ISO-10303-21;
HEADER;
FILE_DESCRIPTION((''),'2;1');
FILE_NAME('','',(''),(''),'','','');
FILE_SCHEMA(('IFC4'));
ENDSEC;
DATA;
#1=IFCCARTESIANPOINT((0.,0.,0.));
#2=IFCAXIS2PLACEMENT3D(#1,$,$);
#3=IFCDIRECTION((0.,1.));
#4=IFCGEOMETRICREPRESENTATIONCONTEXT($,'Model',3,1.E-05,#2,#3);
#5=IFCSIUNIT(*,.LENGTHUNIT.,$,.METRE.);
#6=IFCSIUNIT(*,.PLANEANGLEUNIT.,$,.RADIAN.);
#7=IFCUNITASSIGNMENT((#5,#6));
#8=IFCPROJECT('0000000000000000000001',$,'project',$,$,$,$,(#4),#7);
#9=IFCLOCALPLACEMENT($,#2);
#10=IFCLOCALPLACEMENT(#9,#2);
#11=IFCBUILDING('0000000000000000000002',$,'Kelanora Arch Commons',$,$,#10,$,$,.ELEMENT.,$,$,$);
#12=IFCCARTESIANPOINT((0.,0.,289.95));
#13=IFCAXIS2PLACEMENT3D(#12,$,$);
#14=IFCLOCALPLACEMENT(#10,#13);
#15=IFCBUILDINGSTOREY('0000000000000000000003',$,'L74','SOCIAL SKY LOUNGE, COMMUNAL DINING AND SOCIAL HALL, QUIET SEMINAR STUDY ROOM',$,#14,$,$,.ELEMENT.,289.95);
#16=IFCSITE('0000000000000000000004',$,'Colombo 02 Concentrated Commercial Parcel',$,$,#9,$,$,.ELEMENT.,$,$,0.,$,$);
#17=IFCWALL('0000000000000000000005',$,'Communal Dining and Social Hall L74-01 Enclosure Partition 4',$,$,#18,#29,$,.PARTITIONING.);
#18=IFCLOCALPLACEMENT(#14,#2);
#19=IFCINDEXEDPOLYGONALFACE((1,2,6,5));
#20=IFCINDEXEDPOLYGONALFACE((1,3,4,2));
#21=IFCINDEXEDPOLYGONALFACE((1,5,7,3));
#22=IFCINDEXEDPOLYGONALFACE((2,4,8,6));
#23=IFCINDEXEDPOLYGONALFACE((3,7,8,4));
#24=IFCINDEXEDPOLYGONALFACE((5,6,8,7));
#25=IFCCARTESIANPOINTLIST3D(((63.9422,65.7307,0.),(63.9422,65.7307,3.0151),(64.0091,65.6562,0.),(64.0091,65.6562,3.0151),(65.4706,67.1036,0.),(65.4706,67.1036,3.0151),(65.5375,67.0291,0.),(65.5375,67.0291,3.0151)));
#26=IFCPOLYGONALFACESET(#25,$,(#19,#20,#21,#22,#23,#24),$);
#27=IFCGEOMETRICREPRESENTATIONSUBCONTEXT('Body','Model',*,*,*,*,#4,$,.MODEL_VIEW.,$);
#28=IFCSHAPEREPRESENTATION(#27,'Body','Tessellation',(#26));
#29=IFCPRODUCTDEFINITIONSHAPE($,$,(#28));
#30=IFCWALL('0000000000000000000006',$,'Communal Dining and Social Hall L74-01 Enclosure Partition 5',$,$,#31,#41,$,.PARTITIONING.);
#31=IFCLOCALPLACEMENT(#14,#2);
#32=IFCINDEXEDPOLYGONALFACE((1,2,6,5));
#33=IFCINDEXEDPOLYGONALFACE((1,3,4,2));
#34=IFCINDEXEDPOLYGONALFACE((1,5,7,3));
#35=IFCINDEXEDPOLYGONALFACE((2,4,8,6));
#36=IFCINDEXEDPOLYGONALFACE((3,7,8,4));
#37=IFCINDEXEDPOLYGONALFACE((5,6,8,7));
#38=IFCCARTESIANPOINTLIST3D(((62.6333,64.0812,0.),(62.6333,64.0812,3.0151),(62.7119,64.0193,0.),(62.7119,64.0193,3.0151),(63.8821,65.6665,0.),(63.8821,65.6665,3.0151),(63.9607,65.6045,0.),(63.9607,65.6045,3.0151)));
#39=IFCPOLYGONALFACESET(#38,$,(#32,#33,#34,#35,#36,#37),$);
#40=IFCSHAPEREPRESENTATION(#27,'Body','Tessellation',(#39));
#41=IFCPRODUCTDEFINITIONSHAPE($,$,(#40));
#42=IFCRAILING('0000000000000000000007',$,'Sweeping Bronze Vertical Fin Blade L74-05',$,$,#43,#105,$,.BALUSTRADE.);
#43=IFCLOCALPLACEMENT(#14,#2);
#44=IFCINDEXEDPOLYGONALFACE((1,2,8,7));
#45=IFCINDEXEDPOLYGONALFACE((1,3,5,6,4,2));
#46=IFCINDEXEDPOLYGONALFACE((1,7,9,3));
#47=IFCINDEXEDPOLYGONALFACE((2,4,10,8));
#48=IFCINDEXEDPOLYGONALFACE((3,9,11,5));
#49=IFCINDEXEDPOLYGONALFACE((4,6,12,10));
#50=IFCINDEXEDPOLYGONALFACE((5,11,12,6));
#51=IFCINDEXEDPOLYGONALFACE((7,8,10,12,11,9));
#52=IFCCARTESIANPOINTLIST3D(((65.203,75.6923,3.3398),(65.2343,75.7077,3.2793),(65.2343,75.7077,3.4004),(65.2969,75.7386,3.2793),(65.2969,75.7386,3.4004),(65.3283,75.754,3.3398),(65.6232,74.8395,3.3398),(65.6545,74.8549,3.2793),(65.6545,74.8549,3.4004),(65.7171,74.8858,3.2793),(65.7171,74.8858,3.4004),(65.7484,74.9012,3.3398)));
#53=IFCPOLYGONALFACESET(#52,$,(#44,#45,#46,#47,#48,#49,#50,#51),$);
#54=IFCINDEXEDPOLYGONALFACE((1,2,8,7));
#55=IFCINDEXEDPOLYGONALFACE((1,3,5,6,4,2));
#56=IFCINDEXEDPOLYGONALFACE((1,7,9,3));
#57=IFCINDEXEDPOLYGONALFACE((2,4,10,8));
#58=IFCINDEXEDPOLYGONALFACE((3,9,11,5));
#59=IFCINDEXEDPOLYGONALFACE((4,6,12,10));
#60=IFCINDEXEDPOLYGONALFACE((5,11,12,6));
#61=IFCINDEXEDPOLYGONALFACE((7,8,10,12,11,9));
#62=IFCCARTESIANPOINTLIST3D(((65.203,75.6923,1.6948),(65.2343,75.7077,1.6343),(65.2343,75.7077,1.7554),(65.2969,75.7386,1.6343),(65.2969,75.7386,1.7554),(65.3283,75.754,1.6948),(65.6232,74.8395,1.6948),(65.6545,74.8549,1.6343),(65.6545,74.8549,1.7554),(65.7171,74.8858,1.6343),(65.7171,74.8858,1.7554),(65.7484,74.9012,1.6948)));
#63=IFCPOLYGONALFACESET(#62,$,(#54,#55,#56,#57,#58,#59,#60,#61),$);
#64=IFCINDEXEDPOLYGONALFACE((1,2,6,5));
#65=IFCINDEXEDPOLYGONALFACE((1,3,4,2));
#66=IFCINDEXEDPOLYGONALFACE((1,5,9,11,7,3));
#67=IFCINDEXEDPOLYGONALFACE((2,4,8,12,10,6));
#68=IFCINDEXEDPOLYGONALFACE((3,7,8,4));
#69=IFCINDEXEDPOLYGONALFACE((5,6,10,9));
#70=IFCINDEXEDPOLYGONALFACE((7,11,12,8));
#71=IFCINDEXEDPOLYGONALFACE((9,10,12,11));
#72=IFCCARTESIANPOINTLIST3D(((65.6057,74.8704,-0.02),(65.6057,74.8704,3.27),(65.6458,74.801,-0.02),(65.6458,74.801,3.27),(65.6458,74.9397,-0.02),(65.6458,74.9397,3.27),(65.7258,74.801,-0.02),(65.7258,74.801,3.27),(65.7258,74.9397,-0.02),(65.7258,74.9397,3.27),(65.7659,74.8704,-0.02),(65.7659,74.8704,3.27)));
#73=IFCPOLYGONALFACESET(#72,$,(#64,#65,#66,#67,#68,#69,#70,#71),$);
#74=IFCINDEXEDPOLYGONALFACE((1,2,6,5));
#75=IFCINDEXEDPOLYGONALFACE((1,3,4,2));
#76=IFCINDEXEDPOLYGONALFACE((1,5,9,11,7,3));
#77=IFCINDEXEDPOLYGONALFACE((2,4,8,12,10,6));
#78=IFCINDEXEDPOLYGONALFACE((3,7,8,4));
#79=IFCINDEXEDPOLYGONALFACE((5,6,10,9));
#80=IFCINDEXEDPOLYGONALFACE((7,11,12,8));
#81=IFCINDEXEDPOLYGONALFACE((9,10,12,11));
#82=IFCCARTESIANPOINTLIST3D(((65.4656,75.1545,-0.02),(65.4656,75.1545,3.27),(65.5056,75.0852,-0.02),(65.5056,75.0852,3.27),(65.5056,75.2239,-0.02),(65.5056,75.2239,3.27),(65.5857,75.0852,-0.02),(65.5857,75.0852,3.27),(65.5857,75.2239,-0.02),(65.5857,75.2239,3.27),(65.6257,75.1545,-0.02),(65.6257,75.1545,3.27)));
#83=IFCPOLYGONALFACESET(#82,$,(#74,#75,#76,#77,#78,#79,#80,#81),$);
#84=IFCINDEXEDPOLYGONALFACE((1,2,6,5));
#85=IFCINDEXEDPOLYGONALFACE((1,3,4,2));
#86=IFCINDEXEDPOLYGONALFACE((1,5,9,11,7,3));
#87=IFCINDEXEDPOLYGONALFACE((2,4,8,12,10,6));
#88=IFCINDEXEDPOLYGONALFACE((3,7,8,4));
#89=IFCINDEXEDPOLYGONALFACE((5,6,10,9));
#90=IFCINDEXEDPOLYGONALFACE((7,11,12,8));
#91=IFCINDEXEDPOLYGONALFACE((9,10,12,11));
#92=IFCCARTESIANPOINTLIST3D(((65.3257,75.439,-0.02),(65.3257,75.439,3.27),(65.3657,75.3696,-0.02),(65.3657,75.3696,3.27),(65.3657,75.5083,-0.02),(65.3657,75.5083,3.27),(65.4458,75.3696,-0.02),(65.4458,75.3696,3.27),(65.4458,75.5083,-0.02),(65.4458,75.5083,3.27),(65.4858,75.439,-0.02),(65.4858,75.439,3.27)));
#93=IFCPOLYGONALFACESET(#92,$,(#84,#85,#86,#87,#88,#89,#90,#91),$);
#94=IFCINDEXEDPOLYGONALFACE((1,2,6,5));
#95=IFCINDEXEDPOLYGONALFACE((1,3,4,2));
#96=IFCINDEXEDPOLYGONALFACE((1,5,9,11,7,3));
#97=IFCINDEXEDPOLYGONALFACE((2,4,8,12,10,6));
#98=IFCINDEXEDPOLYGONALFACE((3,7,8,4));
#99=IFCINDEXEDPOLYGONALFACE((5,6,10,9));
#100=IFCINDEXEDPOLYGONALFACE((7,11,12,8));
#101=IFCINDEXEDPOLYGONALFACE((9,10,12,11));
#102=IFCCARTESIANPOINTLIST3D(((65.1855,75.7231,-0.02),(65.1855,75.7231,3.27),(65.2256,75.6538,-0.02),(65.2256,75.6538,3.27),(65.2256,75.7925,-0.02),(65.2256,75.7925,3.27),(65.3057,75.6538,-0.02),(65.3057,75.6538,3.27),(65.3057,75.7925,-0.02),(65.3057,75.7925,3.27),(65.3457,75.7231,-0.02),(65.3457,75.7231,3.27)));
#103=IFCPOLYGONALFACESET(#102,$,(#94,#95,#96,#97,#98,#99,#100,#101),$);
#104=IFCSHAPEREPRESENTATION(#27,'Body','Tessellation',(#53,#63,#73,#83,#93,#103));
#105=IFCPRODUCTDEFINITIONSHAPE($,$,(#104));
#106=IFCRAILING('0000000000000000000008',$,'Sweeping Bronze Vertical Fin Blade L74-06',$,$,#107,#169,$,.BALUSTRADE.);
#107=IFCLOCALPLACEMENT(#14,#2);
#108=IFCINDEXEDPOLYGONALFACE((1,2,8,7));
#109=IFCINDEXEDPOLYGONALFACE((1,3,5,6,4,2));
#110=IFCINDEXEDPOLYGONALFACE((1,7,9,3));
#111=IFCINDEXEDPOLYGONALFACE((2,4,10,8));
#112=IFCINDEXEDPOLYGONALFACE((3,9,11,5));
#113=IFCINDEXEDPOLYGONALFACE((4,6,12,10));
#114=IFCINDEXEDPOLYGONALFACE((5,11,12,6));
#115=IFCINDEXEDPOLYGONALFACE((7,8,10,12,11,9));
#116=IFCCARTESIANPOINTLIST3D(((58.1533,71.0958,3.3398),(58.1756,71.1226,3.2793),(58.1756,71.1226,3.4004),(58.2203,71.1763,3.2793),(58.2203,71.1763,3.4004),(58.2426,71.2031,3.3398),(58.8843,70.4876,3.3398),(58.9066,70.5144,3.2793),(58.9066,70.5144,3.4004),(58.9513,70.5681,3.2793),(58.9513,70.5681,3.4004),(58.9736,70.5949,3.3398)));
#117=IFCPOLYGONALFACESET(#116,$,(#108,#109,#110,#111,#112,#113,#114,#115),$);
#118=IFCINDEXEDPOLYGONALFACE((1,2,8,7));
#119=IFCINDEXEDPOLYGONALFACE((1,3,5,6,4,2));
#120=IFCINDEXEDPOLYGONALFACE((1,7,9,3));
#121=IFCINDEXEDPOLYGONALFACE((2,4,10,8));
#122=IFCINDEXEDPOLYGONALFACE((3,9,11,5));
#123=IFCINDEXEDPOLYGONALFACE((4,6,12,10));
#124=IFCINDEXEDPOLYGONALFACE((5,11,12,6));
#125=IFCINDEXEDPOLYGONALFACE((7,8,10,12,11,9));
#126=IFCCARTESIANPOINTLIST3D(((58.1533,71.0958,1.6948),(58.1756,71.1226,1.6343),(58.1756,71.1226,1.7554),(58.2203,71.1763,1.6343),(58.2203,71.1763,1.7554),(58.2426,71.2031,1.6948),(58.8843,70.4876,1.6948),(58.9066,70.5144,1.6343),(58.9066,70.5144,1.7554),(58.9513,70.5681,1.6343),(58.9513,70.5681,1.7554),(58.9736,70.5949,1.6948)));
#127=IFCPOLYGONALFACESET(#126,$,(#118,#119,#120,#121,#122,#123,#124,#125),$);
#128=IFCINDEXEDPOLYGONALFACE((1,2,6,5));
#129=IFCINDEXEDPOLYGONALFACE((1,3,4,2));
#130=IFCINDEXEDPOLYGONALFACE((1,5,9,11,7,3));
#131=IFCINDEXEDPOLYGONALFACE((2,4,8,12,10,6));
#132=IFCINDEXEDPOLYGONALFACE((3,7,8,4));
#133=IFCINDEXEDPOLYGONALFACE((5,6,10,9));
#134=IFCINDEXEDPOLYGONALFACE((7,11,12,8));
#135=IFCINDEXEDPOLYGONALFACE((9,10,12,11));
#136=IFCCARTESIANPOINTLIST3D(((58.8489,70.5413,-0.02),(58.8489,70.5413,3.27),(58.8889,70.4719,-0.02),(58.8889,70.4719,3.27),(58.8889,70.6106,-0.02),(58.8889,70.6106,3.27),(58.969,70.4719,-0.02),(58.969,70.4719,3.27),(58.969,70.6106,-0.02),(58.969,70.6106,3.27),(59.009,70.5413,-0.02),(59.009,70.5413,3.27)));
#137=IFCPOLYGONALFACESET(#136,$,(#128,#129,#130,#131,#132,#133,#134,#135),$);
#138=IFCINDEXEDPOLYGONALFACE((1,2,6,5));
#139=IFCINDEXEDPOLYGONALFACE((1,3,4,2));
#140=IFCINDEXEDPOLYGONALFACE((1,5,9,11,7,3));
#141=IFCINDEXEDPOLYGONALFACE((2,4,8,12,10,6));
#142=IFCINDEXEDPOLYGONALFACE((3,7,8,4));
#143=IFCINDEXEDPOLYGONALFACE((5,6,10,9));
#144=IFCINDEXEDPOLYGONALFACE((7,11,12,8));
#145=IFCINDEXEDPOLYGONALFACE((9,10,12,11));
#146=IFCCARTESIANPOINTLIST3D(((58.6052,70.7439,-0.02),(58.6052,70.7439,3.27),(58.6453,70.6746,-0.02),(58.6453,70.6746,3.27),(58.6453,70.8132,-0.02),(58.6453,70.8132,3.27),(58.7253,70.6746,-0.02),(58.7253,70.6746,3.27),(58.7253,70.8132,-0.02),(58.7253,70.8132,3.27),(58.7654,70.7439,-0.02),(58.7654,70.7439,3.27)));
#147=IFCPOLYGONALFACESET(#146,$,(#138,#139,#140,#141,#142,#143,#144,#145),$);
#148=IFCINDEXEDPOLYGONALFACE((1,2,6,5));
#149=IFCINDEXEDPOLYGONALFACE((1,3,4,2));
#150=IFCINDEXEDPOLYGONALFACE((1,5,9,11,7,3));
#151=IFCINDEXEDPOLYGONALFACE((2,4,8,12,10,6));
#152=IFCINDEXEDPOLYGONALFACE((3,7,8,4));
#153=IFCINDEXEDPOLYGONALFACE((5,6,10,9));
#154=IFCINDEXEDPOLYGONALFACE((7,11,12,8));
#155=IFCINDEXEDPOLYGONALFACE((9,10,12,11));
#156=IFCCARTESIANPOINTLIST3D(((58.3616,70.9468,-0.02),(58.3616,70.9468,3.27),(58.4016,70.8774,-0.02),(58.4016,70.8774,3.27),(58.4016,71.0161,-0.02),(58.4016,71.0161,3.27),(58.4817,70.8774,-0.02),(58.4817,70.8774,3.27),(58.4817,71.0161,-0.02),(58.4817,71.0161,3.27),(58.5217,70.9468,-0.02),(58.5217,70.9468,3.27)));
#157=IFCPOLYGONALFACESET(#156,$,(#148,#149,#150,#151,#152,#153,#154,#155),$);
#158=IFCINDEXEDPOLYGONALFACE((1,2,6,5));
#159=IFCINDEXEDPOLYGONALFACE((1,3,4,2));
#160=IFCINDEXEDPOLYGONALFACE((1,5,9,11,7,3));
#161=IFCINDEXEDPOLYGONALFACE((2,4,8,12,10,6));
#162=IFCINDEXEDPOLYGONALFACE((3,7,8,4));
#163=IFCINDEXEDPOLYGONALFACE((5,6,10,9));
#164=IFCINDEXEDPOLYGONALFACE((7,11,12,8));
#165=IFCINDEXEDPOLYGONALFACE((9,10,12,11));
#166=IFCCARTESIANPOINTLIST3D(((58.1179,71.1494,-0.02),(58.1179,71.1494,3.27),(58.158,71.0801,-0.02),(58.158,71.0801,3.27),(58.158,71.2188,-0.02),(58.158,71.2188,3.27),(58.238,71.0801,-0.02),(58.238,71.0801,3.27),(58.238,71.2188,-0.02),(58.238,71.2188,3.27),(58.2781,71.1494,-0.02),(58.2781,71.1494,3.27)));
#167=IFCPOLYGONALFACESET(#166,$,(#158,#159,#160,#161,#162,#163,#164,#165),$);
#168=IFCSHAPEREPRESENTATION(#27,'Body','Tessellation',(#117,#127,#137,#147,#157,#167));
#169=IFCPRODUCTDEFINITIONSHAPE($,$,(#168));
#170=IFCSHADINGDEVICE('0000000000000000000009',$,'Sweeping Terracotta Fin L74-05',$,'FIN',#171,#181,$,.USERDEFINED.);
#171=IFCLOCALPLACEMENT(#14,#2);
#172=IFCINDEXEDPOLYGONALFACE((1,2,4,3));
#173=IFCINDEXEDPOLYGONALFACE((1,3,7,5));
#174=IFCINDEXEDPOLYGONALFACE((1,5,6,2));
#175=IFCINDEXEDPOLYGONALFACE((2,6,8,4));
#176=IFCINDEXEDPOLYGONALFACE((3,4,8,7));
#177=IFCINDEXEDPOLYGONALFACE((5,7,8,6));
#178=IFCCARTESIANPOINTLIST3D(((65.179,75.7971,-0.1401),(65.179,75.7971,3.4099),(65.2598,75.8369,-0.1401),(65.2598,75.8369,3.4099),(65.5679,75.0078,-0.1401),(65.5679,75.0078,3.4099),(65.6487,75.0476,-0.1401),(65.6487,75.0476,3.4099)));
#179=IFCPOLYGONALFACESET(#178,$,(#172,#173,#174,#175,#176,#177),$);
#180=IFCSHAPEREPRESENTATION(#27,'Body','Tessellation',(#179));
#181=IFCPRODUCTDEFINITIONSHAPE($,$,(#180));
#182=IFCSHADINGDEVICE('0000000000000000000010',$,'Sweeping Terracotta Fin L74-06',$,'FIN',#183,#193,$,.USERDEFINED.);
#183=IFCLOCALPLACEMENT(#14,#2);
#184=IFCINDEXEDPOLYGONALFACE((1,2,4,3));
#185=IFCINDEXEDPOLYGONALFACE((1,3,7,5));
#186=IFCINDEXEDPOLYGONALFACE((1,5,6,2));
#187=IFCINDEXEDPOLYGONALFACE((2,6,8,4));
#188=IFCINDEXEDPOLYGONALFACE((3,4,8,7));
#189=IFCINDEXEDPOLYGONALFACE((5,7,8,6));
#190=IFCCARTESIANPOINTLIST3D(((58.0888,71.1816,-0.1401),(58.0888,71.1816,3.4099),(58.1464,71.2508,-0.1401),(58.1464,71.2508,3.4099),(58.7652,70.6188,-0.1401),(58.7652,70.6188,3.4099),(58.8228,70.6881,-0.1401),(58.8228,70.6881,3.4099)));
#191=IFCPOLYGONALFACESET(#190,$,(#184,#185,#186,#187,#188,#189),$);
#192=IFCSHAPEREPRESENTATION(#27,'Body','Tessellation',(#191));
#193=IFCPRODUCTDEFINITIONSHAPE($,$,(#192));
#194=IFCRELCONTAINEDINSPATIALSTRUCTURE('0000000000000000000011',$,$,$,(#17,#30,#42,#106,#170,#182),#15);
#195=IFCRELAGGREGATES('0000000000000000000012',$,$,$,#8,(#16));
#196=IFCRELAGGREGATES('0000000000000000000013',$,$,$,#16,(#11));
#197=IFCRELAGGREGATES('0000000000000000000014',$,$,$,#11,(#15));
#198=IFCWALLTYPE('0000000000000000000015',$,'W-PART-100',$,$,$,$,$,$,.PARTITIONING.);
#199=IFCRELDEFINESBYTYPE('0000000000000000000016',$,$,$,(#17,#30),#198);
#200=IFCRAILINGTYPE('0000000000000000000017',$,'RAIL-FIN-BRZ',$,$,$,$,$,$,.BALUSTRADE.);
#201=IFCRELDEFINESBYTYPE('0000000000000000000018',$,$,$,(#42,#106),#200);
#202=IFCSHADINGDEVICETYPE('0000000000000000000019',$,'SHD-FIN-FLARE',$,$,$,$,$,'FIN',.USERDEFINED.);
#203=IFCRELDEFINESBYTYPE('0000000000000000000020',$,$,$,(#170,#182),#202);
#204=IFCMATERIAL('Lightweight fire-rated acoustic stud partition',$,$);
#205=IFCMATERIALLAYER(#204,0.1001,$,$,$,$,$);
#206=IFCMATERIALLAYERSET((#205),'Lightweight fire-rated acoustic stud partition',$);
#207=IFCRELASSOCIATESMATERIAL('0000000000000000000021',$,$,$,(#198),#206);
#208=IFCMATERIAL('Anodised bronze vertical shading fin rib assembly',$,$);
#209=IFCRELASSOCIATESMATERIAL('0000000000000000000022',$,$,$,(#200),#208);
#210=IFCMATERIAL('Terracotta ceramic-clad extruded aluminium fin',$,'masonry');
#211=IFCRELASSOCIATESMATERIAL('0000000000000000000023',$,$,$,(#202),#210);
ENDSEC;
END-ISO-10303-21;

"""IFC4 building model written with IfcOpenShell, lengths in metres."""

from ifc_helpers import new_model, si_unit, direction, frame, frame_2d, origin, origin_2d, place, context, subcontext, project, spatial, polyline, rectangle, outline, extrude, source, transform, mapped, material, layer, layer_set, type_object, element, save


model = new_model("IFC4")

# Units and contexts
model_context = context("Model", 3, precision=1e-05, world=origin(), true_north=direction((0.0, 1.0)))
body_context = subcontext(model_context, "Body", "Model", "MODEL_VIEW")
ifc_project = project(units=[si_unit("LENGTHUNIT", "METRE"), si_unit("PLANEANGLEUNIT", "RADIAN")], contexts=[model_context])

# Site, building, storey
site_placement = place(None, origin())
site = spatial("IfcSite", under=ifc_project, at=site_placement, Name="Colombo 02 Concentrated Commercial Parcel", CompositionType="ELEMENT", RefElevation=0.0)
building_placement = place(site_placement, origin())
building = spatial("IfcBuilding", under=site, at=building_placement, Name="Kelanora Arch Commons", CompositionType="ELEMENT")
storey_placement = place(building_placement, frame((0.0, 0.0, 289.95)))
storey = spatial("IfcBuildingStorey", under=building, at=storey_placement, Name="L74", Description="SOCIAL SKY LOUNGE, COMMUNAL DINING AND SOCIAL HALL, QUIET SEMINAR STUDY ROOM", CompositionType="ELEMENT", Elevation=289.95)

# Walls
ifc_material_1 = material(Name="Lightweight fire-rated acoustic stud partition")
ifc_layer_1 = layer(ifc_material_1, 0.1001)
ifc_layer_set_1 = layer_set([ifc_layer_1], Name="Lightweight fire-rated acoustic stud partition")
wall_type_1 = type_object("IfcWallType", Name="W-PART-100", PredefinedType="PARTITIONING", material=ifc_layer_set_1)
wall_1_placement = place(storey_placement, frame((65.5042, 67.0664, 0.0), z_axis=(0.0, 0.0, 1.0), x_axis=(-0.743944, -0.668242, 0.0)))
element("IfcWall", 1, at=wall_1_placement, inside=storey, type_object=wall_type_1, Name="Communal Dining and Social Hall L74-01 Enclosure Partition 4", PredefinedType="PARTITIONING", context=body_context, shape_type="SweptSolid", body=[
    extrude(rectangle(XDim=2.0544, YDim=0.1001, at=frame_2d((1.0273, 0.0))), origin(), (0.0, 0.0, 1.0), 3.0151),
])
wall_2_placement = place(storey_placement, frame((63.9214, 65.6355, 0.0), z_axis=(0.0, 0.0, 1.0), x_axis=(-0.61882, -0.785533, 0.0)))
element("IfcWall", 2, at=wall_2_placement, inside=storey, type_object=wall_type_1, Name="Communal Dining and Social Hall L74-01 Enclosure Partition 5", PredefinedType="PARTITIONING", context=body_context, shape_type="SweptSolid", body=[
    extrude(rectangle(XDim=2.0181, YDim=0.1001, at=frame_2d((1.009, 0.0))), origin(), (0.0, 0.0, 1.0), 3.0151),
])

# Railings
ifc_material_2 = material(Name="Anodised bronze vertical shading fin rib assembly")
railing_type = type_object("IfcRailingType", Name="RAIL-FIN-BRZ", PredefinedType="BALUSTRADE", material=ifc_material_2)
railing_1_placement = place(storey_placement, frame((65.6858, 74.8704, -0.02)))
element("IfcRailing", 3, at=railing_1_placement, inside=storey, type_object=railing_type, Name="Sweeping Bronze Vertical Fin Blade L74-05", PredefinedType="BALUSTRADE", context=body_context, shape_type="SweptSolid", body=[
    extrude(outline(polyline([(0.0698, 0.0), (0.0349, 0.0605), (-0.0349, 0.0605), (-0.0698, 0.0), (-0.0349, -0.0605), (0.0349, -0.0605), (0.0698, 0.0)])), frame((0.0, 0.0, 3.3599), z_axis=(-0.441967, 0.897031, 0.0), x_axis=(-0.897031, -0.441967, 0.0)), (0.0, 0.0, 1.0), 0.9507),
    extrude(outline(polyline([(0.0698, 0.0), (0.0349, 0.0605), (-0.0349, 0.0605), (-0.0698, 0.0), (-0.0349, -0.0605), (0.0349, -0.0605), (0.0698, 0.0)])), frame((0.0, 0.0, 1.7148), z_axis=(-0.441967, 0.897031, 0.0), x_axis=(-0.897031, -0.441967, 0.0)), (0.0, 0.0, 1.0), 0.9507),
    extrude(outline(polyline([(0.0801, 0.0), (0.04, 0.0693), (-0.04, 0.0693), (-0.0801, 0.0), (-0.04, -0.0693), (0.04, -0.0693), (0.0801, 0.0)])), origin(), (0.0, 0.0, 1.0), 3.29),
    extrude(outline(polyline([(0.0801, 0.0), (0.04, 0.0693), (-0.04, 0.0693), (-0.0801, 0.0), (-0.04, -0.0693), (0.04, -0.0693), (0.0801, 0.0)])), frame((-0.1401, 0.2842, 0.0)), (0.0, 0.0, 1.0), 3.29),
    extrude(outline(polyline([(0.0801, 0.0), (0.04, 0.0693), (-0.04, 0.0693), (-0.0801, 0.0), (-0.04, -0.0693), (0.04, -0.0693), (0.0801, 0.0)])), frame((-0.28, 0.5686, 0.0)), (0.0, 0.0, 1.0), 3.29),
    extrude(outline(polyline([(0.0801, 0.0), (0.04, 0.0693), (-0.04, 0.0693), (-0.0801, 0.0), (-0.04, -0.0693), (0.04, -0.0693), (0.0801, 0.0)])), frame((-0.4202, 0.8528, 0.0)), (0.0, 0.0, 1.0), 3.29),
])
railing_2_placement = place(storey_placement, frame((58.929, 70.5413, -0.02)))
element("IfcRailing", 4, at=railing_2_placement, inside=storey, type_object=railing_type, Name="Sweeping Bronze Vertical Fin Blade L74-06", PredefinedType="BALUSTRADE", context=body_context, shape_type="SweptSolid", body=[
    extrude(outline(polyline([(0.0698, 0.0), (0.0349, 0.0605), (-0.0349, 0.0605), (-0.0698, 0.0), (-0.0349, -0.0605), (0.0349, -0.0605), (0.0698, 0.0)])), frame((0.0, 0.0, 3.3599), z_axis=(-0.768726, 0.639578, 0.0), x_axis=(-0.639578, -0.768726, 0.0)), (0.0, 0.0, 1.0), 0.9509),
    extrude(outline(polyline([(0.0698, 0.0), (0.0349, 0.0605), (-0.0349, 0.0605), (-0.0698, 0.0), (-0.0349, -0.0605), (0.0349, -0.0605), (0.0698, 0.0)])), frame((0.0, 0.0, 1.7148), z_axis=(-0.768726, 0.639578, 0.0), x_axis=(-0.639578, -0.768726, 0.0)), (0.0, 0.0, 1.0), 0.9509),
    extrude(outline(polyline([(0.0801, 0.0), (0.04, 0.0693), (-0.04, 0.0693), (-0.0801, 0.0), (-0.04, -0.0693), (0.04, -0.0693), (0.0801, 0.0)])), origin(), (0.0, 0.0, 1.0), 3.29),
    extrude(outline(polyline([(0.0801, 0.0), (0.04, 0.0693), (-0.04, 0.0693), (-0.0801, 0.0), (-0.04, -0.0693), (0.04, -0.0693), (0.0801, 0.0)])), frame((-0.2437, 0.2026, 0.0)), (0.0, 0.0, 1.0), 3.29),
    extrude(outline(polyline([(0.0801, 0.0), (0.04, 0.0693), (-0.04, 0.0693), (-0.0801, 0.0), (-0.04, -0.0693), (0.04, -0.0693), (0.0801, 0.0)])), frame((-0.4873, 0.4055, 0.0)), (0.0, 0.0, 1.0), 3.29),
    extrude(outline(polyline([(0.0801, 0.0), (0.04, 0.0693), (-0.04, 0.0693), (-0.0801, 0.0), (-0.04, -0.0693), (0.04, -0.0693), (0.0801, 0.0)])), frame((-0.731, 0.6082, 0.0)), (0.0, 0.0, 1.0), 3.29),
])

# Shading devices
ifc_material_3 = material(Name="Terracotta ceramic-clad extruded aluminium fin", Category="masonry")
shading_device_type = type_object("IfcShadingDeviceType", Name="SHD-FIN-FLARE", ElementType="FIN", PredefinedType="USERDEFINED", material=ifc_material_3)
shared_shape_1 = source(origin(), body_context, "Body", "SweptSolid", [
    extrude(rectangle(XDim=0.8799, YDim=0.0901, at=origin_2d()), origin(), (0.0, 0.0, 1.0), 3.55),
])
for number, where, z_axis, x_axis, name in (
    (5, (65.4138, 75.4224, -0.1401), (0.0, 0.0, 1.0), (-0.441976, 0.897027, 0.0), "Sweeping Terracotta Fin L74-05"),
    (6, (58.4558, 70.9348, -0.1401), (0.0, 0.0, 1.0), (-0.76873, 0.639573, 0.0), "Sweeping Terracotta Fin L74-06"),
):
    element("IfcShadingDevice", number, at=place(storey_placement, frame(where, z_axis=z_axis, x_axis=x_axis)), inside=storey, type_object=shading_device_type, Name=name, ObjectType="FIN", PredefinedType="USERDEFINED", context=body_context, shape_type="MappedRepresentation", body=[
        mapped(shared_shape_1, transform((0.0, 0.0, 0.0), scale=1.0)),
    ])

save(model, "model.ifc")
